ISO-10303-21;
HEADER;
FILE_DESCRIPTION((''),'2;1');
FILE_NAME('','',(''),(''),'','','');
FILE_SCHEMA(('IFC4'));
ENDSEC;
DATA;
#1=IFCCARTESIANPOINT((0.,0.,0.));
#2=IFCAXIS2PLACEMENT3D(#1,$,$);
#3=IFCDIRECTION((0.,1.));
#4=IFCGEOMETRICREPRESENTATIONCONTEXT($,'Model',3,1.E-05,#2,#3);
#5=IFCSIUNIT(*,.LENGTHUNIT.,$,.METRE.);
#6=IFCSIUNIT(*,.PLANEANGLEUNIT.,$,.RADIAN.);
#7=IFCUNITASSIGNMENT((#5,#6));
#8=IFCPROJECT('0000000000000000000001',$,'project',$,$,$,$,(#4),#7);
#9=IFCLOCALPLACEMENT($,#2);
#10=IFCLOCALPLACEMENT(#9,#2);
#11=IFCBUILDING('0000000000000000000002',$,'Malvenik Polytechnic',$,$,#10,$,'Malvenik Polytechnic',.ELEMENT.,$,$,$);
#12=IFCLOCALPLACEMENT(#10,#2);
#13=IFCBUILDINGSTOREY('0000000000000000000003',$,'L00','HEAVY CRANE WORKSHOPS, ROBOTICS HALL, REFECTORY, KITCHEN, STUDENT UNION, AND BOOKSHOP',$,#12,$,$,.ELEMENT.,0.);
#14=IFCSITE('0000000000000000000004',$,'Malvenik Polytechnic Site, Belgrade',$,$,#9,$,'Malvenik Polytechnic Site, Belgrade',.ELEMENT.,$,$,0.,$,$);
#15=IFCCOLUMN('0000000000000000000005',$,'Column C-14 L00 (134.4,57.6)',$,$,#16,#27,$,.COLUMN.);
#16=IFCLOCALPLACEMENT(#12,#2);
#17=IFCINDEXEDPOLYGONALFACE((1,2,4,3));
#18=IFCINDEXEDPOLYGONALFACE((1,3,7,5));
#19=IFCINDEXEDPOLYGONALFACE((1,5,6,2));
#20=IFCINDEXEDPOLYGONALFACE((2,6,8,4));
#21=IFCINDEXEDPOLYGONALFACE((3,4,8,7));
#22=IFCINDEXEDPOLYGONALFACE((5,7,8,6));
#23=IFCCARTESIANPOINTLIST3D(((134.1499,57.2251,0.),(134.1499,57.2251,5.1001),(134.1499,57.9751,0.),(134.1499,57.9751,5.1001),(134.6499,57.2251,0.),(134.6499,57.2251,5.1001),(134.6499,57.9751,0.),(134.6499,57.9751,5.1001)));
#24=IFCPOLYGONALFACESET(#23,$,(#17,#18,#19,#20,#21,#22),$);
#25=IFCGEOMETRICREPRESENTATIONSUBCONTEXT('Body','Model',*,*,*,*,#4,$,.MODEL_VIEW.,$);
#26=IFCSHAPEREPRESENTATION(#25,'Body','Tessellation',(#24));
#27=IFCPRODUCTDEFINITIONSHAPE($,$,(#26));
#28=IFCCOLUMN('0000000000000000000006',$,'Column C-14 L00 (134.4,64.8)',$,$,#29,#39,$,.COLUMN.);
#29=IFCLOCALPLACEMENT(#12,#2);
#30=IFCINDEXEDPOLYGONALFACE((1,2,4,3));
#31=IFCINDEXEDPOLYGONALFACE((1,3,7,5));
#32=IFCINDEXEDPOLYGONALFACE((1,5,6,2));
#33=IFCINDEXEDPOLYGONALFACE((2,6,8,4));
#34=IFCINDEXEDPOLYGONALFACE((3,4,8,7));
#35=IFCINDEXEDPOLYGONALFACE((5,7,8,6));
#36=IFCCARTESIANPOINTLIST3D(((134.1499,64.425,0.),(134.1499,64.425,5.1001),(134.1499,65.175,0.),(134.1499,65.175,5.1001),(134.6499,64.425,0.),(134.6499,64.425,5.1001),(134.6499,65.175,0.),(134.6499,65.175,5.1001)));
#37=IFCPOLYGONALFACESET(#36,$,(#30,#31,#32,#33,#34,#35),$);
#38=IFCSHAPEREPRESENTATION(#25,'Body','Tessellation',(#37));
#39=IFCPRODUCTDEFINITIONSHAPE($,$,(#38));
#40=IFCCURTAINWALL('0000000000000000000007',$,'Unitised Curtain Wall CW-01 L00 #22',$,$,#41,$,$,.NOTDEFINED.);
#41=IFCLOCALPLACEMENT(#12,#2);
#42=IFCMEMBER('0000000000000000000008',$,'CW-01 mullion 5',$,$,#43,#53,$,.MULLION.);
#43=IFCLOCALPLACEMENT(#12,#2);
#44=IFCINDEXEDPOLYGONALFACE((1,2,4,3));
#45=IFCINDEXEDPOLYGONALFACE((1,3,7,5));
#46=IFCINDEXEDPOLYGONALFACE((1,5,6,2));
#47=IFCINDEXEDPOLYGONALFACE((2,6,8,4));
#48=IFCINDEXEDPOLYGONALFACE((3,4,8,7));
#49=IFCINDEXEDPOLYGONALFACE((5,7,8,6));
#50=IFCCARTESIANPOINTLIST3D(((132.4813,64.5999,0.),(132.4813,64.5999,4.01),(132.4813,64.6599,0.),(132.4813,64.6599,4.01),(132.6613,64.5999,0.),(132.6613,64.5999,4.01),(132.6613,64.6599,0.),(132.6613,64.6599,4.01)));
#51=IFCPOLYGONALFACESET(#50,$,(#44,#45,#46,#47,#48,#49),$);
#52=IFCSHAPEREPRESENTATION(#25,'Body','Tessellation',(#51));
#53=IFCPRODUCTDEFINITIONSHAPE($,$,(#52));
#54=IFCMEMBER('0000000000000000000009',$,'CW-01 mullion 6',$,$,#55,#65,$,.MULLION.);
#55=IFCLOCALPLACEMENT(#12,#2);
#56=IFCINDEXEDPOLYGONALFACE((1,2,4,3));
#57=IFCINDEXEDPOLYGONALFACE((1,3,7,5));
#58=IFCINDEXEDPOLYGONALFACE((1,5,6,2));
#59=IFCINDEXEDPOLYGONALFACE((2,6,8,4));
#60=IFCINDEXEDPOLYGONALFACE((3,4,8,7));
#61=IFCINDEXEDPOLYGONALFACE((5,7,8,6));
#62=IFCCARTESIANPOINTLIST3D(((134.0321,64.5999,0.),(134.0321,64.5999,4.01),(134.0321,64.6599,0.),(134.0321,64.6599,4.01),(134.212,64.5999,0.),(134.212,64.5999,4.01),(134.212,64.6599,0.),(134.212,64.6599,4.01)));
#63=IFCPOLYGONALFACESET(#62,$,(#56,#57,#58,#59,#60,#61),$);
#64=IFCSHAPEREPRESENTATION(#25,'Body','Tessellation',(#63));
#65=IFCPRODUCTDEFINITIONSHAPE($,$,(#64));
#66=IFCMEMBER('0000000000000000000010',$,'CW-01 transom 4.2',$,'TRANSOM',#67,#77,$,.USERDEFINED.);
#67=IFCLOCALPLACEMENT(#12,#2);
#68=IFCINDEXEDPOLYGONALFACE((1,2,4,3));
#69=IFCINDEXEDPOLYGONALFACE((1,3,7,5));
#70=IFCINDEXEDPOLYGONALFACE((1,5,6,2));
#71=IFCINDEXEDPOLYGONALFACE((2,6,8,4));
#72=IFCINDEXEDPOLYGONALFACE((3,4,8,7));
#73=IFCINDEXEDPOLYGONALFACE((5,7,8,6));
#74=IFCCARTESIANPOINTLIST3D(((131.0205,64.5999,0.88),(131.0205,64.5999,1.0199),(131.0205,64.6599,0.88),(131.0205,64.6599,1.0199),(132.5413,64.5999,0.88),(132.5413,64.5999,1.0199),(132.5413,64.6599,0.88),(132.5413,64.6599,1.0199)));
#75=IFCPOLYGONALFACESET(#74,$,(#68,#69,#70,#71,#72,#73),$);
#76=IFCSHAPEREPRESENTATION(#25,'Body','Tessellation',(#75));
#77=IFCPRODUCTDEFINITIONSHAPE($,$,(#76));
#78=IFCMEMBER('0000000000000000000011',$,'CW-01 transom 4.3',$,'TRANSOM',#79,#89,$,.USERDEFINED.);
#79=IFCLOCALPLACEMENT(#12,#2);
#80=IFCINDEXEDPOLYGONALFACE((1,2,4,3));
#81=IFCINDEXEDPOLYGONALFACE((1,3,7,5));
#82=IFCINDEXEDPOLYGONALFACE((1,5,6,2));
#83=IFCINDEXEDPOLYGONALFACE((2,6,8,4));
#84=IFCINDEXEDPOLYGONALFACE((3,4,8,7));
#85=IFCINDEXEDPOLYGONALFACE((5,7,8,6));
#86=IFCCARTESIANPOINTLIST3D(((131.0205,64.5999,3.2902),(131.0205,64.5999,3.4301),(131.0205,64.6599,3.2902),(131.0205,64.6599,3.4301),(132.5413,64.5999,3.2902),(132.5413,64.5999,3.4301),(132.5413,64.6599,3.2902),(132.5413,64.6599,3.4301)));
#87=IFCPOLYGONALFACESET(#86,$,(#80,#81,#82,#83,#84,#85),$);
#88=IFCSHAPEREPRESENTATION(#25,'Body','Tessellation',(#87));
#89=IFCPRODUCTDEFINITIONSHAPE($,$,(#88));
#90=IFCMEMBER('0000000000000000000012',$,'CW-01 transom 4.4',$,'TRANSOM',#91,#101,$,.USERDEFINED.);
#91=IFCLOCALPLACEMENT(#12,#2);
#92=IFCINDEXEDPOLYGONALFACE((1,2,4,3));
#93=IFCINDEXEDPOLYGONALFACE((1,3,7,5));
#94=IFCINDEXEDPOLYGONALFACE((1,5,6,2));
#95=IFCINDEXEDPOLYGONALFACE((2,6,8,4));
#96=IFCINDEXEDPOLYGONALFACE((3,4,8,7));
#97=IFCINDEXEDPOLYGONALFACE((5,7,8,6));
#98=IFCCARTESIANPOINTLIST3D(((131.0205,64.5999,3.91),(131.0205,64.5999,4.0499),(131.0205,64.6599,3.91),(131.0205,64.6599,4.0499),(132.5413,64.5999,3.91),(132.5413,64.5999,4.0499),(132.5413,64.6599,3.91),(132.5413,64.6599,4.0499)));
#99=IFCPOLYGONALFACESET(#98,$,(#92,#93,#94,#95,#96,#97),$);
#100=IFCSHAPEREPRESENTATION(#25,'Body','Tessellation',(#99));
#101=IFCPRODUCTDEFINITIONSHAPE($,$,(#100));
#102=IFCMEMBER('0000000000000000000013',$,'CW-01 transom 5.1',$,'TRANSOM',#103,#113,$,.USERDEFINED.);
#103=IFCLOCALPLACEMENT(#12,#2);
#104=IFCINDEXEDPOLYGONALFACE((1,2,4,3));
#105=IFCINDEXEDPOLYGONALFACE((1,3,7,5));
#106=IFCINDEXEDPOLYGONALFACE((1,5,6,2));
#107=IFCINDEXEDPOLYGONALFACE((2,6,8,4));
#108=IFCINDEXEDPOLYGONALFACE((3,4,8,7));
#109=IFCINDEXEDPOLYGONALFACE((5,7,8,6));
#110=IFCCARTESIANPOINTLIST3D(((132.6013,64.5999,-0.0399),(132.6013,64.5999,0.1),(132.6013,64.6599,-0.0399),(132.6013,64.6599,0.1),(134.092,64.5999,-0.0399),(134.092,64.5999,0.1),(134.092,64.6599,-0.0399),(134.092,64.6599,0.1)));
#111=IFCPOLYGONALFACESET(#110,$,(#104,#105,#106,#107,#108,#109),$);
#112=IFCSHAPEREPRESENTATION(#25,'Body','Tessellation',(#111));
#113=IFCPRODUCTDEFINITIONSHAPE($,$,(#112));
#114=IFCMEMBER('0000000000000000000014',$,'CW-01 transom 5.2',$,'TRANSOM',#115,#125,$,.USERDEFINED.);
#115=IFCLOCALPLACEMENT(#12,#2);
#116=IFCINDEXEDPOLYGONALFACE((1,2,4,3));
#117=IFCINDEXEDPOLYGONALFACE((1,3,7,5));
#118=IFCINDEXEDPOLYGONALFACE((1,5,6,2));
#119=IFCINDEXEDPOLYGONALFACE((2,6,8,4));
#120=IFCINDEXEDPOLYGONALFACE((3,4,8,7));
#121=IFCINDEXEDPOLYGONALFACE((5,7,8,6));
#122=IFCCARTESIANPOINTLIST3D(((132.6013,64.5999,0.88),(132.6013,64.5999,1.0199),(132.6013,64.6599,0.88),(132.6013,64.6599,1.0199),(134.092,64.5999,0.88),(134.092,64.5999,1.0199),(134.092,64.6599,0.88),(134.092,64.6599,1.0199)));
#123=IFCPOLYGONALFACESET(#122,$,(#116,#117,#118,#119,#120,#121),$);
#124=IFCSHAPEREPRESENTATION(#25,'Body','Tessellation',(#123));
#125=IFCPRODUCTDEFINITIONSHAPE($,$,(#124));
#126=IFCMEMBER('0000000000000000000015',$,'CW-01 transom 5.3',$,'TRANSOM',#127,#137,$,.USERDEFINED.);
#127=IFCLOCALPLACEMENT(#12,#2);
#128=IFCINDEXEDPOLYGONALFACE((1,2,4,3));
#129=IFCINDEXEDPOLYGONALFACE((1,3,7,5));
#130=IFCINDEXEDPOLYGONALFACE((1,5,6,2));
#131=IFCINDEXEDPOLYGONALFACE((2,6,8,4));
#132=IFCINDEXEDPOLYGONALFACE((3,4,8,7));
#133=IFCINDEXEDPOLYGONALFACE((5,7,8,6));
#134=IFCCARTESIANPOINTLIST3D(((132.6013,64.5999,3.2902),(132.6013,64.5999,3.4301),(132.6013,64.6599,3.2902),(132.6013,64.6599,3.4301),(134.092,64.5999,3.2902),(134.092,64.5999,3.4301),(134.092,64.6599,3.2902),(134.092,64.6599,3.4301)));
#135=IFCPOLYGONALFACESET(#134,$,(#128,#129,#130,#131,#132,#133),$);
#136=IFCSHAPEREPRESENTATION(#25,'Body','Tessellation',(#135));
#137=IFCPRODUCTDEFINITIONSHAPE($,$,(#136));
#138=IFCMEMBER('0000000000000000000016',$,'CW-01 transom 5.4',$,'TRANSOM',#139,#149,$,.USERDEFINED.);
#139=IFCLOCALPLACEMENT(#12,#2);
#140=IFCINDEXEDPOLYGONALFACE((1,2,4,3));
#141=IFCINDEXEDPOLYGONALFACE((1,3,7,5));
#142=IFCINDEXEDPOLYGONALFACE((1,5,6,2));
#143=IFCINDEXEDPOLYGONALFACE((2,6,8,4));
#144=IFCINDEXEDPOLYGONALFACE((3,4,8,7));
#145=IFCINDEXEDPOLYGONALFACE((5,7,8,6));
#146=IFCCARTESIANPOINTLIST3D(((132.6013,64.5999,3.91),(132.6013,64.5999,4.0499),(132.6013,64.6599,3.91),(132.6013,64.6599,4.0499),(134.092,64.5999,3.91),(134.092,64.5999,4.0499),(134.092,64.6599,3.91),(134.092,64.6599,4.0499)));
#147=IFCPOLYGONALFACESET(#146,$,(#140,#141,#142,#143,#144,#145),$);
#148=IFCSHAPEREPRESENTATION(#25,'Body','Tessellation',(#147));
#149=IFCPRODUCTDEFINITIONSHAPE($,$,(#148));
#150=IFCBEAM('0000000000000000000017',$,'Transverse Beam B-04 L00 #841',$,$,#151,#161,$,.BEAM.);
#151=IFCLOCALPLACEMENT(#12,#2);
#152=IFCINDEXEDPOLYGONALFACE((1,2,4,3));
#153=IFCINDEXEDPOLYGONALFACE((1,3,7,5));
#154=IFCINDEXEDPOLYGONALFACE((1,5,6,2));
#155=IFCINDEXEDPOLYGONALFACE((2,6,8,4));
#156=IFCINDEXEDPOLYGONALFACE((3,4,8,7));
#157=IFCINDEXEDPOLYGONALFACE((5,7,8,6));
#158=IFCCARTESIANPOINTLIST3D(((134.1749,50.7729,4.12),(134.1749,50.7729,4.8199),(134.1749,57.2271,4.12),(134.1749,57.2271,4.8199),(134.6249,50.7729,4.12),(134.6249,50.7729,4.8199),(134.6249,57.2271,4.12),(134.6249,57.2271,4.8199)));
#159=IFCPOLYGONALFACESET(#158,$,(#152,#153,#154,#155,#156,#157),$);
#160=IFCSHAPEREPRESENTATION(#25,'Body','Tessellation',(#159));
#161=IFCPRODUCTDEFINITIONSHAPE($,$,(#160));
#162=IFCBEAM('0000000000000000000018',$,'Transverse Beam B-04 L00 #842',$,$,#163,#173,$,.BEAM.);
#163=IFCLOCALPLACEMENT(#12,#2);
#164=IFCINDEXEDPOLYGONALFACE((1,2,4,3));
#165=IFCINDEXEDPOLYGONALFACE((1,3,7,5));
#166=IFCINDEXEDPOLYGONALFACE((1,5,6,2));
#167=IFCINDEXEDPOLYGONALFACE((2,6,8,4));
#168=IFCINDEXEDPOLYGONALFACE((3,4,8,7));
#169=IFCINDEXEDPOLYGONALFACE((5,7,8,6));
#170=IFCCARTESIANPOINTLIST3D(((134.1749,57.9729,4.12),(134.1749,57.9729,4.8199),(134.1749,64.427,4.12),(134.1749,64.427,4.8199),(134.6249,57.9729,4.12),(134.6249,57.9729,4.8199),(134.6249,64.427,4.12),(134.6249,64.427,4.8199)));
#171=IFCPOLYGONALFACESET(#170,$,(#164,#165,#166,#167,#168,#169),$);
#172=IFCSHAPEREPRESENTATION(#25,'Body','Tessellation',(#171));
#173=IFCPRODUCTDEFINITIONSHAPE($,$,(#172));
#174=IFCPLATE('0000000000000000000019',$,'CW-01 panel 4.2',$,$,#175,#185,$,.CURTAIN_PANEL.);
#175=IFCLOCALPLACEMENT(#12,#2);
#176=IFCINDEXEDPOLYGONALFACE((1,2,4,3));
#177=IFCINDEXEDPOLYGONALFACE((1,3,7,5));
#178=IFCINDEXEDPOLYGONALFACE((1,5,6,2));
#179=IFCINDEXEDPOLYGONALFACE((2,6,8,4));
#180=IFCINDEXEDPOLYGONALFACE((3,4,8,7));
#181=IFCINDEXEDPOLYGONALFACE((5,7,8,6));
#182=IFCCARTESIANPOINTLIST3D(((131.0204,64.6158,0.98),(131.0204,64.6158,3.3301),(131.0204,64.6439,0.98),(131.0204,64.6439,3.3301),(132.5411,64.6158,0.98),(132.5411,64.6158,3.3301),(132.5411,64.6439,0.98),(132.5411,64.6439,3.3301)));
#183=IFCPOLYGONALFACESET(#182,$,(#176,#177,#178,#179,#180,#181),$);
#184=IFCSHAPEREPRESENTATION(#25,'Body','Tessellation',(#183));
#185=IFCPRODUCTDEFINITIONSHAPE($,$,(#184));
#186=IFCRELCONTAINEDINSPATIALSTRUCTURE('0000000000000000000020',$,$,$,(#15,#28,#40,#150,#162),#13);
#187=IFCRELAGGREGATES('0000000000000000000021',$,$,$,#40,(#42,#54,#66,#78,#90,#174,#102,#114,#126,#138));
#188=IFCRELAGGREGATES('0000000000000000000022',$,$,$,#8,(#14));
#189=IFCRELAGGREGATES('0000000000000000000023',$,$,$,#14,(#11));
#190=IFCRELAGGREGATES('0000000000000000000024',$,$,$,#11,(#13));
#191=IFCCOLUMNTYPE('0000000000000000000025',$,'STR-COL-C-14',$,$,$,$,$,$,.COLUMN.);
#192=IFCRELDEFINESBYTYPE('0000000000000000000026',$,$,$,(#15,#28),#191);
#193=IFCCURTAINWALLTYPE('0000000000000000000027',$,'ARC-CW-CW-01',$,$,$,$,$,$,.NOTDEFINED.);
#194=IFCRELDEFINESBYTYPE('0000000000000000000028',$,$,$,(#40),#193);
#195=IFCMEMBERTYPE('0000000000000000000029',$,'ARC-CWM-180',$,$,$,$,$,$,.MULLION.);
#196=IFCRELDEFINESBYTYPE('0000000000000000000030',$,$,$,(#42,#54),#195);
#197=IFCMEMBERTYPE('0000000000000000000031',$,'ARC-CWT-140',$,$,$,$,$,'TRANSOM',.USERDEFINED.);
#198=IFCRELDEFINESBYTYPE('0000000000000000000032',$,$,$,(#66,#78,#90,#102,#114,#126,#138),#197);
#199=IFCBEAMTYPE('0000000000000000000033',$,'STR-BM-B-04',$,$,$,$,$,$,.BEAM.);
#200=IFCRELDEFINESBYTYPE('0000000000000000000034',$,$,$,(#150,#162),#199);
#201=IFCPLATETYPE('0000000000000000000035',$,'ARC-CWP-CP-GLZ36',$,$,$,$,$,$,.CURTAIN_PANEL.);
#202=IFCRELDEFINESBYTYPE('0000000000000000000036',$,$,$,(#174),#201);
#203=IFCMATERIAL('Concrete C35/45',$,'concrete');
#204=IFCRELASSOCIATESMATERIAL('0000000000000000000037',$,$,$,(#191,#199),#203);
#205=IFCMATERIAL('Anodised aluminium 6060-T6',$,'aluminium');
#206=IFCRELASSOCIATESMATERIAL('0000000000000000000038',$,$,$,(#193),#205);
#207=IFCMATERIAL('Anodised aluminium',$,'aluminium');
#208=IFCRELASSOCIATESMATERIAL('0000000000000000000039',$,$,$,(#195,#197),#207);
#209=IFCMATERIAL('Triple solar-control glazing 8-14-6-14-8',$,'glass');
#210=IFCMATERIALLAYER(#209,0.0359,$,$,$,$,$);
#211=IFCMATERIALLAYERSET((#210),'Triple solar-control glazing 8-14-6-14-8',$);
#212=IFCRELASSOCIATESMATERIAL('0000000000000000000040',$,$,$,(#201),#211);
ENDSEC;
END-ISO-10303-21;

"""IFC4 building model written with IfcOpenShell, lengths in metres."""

from ifc_helpers import new_model, si_unit, direction, frame, origin, origin_2d, place, context, subcontext, project, spatial, rectangle, extrude, material, layer, layer_set, material_profile, profile_set, type_object, element, aggregate, save


model = new_model("IFC4")

# Units and contexts
model_context = context("Model", 3, precision=1e-05, world=origin(), true_north=direction((0.0, 1.0)))
body_context = subcontext(model_context, "Body", "Model", "MODEL_VIEW")
ifc_project = project(units=[si_unit("LENGTHUNIT", "METRE"), si_unit("PLANEANGLEUNIT", "RADIAN")], contexts=[model_context])

# Site, building, storey
site_placement = place(None, origin())
site = spatial("IfcSite", under=ifc_project, at=site_placement, Name="Malvenik Polytechnic Site, Belgrade", LongName="Malvenik Polytechnic Site, Belgrade", CompositionType="ELEMENT", RefElevation=0.0)
building_placement = place(site_placement, origin())
building = spatial("IfcBuilding", under=site, at=building_placement, Name="Malvenik Polytechnic", LongName="Malvenik Polytechnic", CompositionType="ELEMENT")
storey_placement = place(building_placement, origin())
storey = spatial("IfcBuildingStorey", under=building, at=storey_placement, Name="L00", Description="HEAVY CRANE WORKSHOPS, ROBOTICS HALL, REFECTORY, KITCHEN, STUDENT UNION, AND BOOKSHOP", CompositionType="ELEMENT", Elevation=0.0)

# Columns
ifc_material_1 = material(Name="Concrete C35/45", Category="concrete")
ifc_material_profile_1 = material_profile(ifc_material_1, rectangle(XDim=0.5, YDim=0.75, at=origin_2d()), Name="RC COL 750x500")
ifc_profile_set_1 = profile_set([ifc_material_profile_1], Name="Concrete C35/45")
column_type = type_object("IfcColumnType", Name="STR-COL-C-14", PredefinedType="COLUMN", material=ifc_profile_set_1)
for number, where, z_axis, x_axis, name in (
    (1, (134.3999, 57.6001, 0.0), (0.0, 0.0, 1.0), (1.0, 0.0, 0.0), "Column C-14 L00 (134.4,57.6)"),
    (2, (134.3999, 64.8, 0.0), (0.0, 0.0, 1.0), (1.0, 0.0, 0.0), "Column C-14 L00 (134.4,64.8)"),
):
    element("IfcColumn", number, at=place(storey_placement, frame(where, z_axis=z_axis, x_axis=x_axis)), inside=storey, type_object=column_type, Name=name, PredefinedType="COLUMN", context=body_context, shape_type="SweptSolid", body=[
        extrude(rectangle(XDim=0.5, YDim=0.75, at=origin_2d()), origin(), (0.0, 0.0, 1.0), 5.1001),
    ])

# Curtain wall, members
ifc_material_2 = material(Name="Anodised aluminium 6060-T6", Category="aluminium")
curtain_wall_type = type_object("IfcCurtainWallType", Name="ARC-CW-CW-01", PredefinedType="NOTDEFINED", material=ifc_material_2)
curtain_wall_placement = place(storey_placement, origin())
curtain_wall = element("IfcCurtainWall", 3, at=curtain_wall_placement, inside=storey, type_object=curtain_wall_type, Name="Unitised Curtain Wall CW-01 L00 #22", PredefinedType="NOTDEFINED")
ifc_material_3 = material(Name="Anodised aluminium", Category="aluminium")
ifc_material_profile_2 = material_profile(ifc_material_3, rectangle(XDim=0.0601, YDim=0.1799, at=origin_2d()), Name="ALU MULLION 60x180")
ifc_profile_set_2 = profile_set([ifc_material_profile_2], Name="Anodised aluminium")
member_type_1 = type_object("IfcMemberType", Name="ARC-CWM-180", PredefinedType="MULLION", material=ifc_profile_set_2)
member_1_placement = place(storey_placement, frame((132.5713, 64.6299, 0.0), z_axis=(0.0, 0.0, 1.0), x_axis=(0.0, 1.0, 0.0)))
member_1 = element("IfcMember", 4, at=member_1_placement, type_object=member_type_1, Name="CW-01 mullion 5", PredefinedType="MULLION", context=body_context, shape_type="SweptSolid", body=[
    extrude(rectangle(XDim=0.0601, YDim=0.1799, at=origin_2d()), origin(), (0.0, 0.0, 1.0), 4.01),
])
member_2_placement = place(storey_placement, frame((134.1221, 64.6299, 0.0), z_axis=(0.0, 0.0, 1.0), x_axis=(0.0, 1.0, 0.0)))
member_2 = element("IfcMember", 5, at=member_2_placement, type_object=member_type_1, Name="CW-01 mullion 6", PredefinedType="MULLION", context=body_context, shape_type="SweptSolid", body=[
    extrude(rectangle(XDim=0.0601, YDim=0.1799, at=origin_2d()), origin(), (0.0, 0.0, 1.0), 4.01),
])
ifc_material_profile_3 = material_profile(ifc_material_3, rectangle(XDim=0.0601, YDim=0.1399, at=origin_2d()), Name="ALU TRANSOM 60x140")
ifc_profile_set_3 = profile_set([ifc_material_profile_3], Name="Anodised aluminium")
member_type_2 = type_object("IfcMemberType", Name="ARC-CWT-140", ElementType="TRANSOM", PredefinedType="USERDEFINED", material=ifc_profile_set_3)
member_3_placement = place(storey_placement, frame((131.0205, 64.6299, 0.95), z_axis=(1.0, 0.0, 0.0), x_axis=(0.0, 1.0, 0.0)))
member_3 = element("IfcMember", 6, at=member_3_placement, type_object=member_type_2, Name="CW-01 transom 4.2", ObjectType="TRANSOM", PredefinedType="USERDEFINED", context=body_context, shape_type="SweptSolid", body=[
    extrude(rectangle(XDim=0.0601, YDim=0.1399, at=origin_2d()), origin(), (0.0, 0.0, 1.0), 1.5208),
])
member_4_placement = place(storey_placement, frame((131.0205, 64.6299, 3.3601), z_axis=(1.0, 0.0, 0.0), x_axis=(0.0, 1.0, 0.0)))
member_4 = element("IfcMember", 7, at=member_4_placement, type_object=member_type_2, Name="CW-01 transom 4.3", ObjectType="TRANSOM", PredefinedType="USERDEFINED", context=body_context, shape_type="SweptSolid", body=[
    extrude(rectangle(XDim=0.0601, YDim=0.1399, at=origin_2d()), origin(), (0.0, 0.0, 1.0), 1.5208),
])
member_5_placement = place(storey_placement, frame((131.0205, 64.6299, 3.98), z_axis=(1.0, 0.0, 0.0), x_axis=(0.0, 1.0, 0.0)))
member_5 = element("IfcMember", 8, at=member_5_placement, type_object=member_type_2, Name="CW-01 transom 4.4", ObjectType="TRANSOM", PredefinedType="USERDEFINED", context=body_context, shape_type="SweptSolid", body=[
    extrude(rectangle(XDim=0.0601, YDim=0.1399, at=origin_2d()), origin(), (0.0, 0.0, 1.0), 1.5208),
])
member_6_placement = place(storey_placement, frame((132.6013, 64.6299, 0.03), z_axis=(1.0, 0.0, 0.0), x_axis=(0.0, 1.0, 0.0)))
member_6 = element("IfcMember", 9, at=member_6_placement, type_object=member_type_2, Name="CW-01 transom 5.1", ObjectType="TRANSOM", PredefinedType="USERDEFINED", context=body_context, shape_type="SweptSolid", body=[
    extrude(rectangle(XDim=0.0601, YDim=0.1399, at=origin_2d()), origin(), (0.0, 0.0, 1.0), 1.4907),
])
member_7_placement = place(storey_placement, frame((132.6013, 64.6299, 0.95), z_axis=(1.0, 0.0, 0.0), x_axis=(0.0, 1.0, 0.0)))
member_7 = element("IfcMember", 10, at=member_7_placement, type_object=member_type_2, Name="CW-01 transom 5.2", ObjectType="TRANSOM", PredefinedType="USERDEFINED", context=body_context, shape_type="SweptSolid", body=[
    extrude(rectangle(XDim=0.0601, YDim=0.1399, at=origin_2d()), origin(), (0.0, 0.0, 1.0), 1.4907),
])
member_8_placement = place(storey_placement, frame((132.6013, 64.6299, 3.3601), z_axis=(1.0, 0.0, 0.0), x_axis=(0.0, 1.0, 0.0)))
member_8 = element("IfcMember", 11, at=member_8_placement, type_object=member_type_2, Name="CW-01 transom 5.3", ObjectType="TRANSOM", PredefinedType="USERDEFINED", context=body_context, shape_type="SweptSolid", body=[
    extrude(rectangle(XDim=0.0601, YDim=0.1399, at=origin_2d()), origin(), (0.0, 0.0, 1.0), 1.4907),
])
member_9_placement = place(storey_placement, frame((132.6013, 64.6299, 3.98), z_axis=(1.0, 0.0, 0.0), x_axis=(0.0, 1.0, 0.0)))
member_9 = element("IfcMember", 12, at=member_9_placement, type_object=member_type_2, Name="CW-01 transom 5.4", ObjectType="TRANSOM", PredefinedType="USERDEFINED", context=body_context, shape_type="SweptSolid", body=[
    extrude(rectangle(XDim=0.0601, YDim=0.1399, at=origin_2d()), origin(), (0.0, 0.0, 1.0), 1.4907),
])

# Beams
ifc_material_profile_4 = material_profile(ifc_material_1, rectangle(XDim=0.45, YDim=0.7, at=origin_2d()), Name="RC BM 450x700")
ifc_profile_set_4 = profile_set([ifc_material_profile_4], Name="Concrete C35/45")
beam_type = type_object("IfcBeamType", Name="STR-BM-B-04", PredefinedType="BEAM", material=ifc_profile_set_4)
for number, where, z_axis, x_axis, name in (
    (13, (134.3999, 50.7729, 4.47), (0.0, 1.0, 0.0), (-1.0, 0.0, 0.0), "Transverse Beam B-04 L00 #841"),
    (14, (134.3999, 57.9729, 4.47), (0.0, 1.0, 0.0), (-1.0, 0.0, 0.0), "Transverse Beam B-04 L00 #842"),
):
    element("IfcBeam", number, at=place(storey_placement, frame(where, z_axis=z_axis, x_axis=x_axis)), inside=storey, type_object=beam_type, Name=name, PredefinedType="BEAM", context=body_context, shape_type="SweptSolid", body=[
        extrude(rectangle(XDim=0.45, YDim=0.7, at=origin_2d()), origin(), (0.0, 0.0, 1.0), 6.4541),
    ])

# Plate
ifc_material_4 = material(Name="Triple solar-control glazing 8-14-6-14-8", Category="glass")
ifc_layer_1 = layer(ifc_material_4, 0.0359)
ifc_layer_set_1 = layer_set([ifc_layer_1], Name="Triple solar-control glazing 8-14-6-14-8")
plate_type_1 = type_object("IfcPlateType", Name="ARC-CWP-CP-GLZ36", PredefinedType="CURTAIN_PANEL", material=ifc_layer_set_1)
plate_1_placement = place(storey_placement, frame((131.7808, 64.6299, 0.98), z_axis=(0.0, 0.0, 1.0), x_axis=(1.0, 0.0, 0.0)))
plate_1 = element("IfcPlate", 15, at=plate_1_placement, type_object=plate_type_1, Name="CW-01 panel 4.2", PredefinedType="CURTAIN_PANEL", context=body_context, shape_type="SweptSolid", body=[
    extrude(rectangle(XDim=1.5208, YDim=0.0281, at=origin_2d()), origin(), (0.0, 0.0, 1.0), 2.3501),
])
aggregate(curtain_wall, [member_1, member_2, member_3, member_4, member_5, plate_1, member_6, member_7, member_8, member_9])

save(model, "model.ifc")
